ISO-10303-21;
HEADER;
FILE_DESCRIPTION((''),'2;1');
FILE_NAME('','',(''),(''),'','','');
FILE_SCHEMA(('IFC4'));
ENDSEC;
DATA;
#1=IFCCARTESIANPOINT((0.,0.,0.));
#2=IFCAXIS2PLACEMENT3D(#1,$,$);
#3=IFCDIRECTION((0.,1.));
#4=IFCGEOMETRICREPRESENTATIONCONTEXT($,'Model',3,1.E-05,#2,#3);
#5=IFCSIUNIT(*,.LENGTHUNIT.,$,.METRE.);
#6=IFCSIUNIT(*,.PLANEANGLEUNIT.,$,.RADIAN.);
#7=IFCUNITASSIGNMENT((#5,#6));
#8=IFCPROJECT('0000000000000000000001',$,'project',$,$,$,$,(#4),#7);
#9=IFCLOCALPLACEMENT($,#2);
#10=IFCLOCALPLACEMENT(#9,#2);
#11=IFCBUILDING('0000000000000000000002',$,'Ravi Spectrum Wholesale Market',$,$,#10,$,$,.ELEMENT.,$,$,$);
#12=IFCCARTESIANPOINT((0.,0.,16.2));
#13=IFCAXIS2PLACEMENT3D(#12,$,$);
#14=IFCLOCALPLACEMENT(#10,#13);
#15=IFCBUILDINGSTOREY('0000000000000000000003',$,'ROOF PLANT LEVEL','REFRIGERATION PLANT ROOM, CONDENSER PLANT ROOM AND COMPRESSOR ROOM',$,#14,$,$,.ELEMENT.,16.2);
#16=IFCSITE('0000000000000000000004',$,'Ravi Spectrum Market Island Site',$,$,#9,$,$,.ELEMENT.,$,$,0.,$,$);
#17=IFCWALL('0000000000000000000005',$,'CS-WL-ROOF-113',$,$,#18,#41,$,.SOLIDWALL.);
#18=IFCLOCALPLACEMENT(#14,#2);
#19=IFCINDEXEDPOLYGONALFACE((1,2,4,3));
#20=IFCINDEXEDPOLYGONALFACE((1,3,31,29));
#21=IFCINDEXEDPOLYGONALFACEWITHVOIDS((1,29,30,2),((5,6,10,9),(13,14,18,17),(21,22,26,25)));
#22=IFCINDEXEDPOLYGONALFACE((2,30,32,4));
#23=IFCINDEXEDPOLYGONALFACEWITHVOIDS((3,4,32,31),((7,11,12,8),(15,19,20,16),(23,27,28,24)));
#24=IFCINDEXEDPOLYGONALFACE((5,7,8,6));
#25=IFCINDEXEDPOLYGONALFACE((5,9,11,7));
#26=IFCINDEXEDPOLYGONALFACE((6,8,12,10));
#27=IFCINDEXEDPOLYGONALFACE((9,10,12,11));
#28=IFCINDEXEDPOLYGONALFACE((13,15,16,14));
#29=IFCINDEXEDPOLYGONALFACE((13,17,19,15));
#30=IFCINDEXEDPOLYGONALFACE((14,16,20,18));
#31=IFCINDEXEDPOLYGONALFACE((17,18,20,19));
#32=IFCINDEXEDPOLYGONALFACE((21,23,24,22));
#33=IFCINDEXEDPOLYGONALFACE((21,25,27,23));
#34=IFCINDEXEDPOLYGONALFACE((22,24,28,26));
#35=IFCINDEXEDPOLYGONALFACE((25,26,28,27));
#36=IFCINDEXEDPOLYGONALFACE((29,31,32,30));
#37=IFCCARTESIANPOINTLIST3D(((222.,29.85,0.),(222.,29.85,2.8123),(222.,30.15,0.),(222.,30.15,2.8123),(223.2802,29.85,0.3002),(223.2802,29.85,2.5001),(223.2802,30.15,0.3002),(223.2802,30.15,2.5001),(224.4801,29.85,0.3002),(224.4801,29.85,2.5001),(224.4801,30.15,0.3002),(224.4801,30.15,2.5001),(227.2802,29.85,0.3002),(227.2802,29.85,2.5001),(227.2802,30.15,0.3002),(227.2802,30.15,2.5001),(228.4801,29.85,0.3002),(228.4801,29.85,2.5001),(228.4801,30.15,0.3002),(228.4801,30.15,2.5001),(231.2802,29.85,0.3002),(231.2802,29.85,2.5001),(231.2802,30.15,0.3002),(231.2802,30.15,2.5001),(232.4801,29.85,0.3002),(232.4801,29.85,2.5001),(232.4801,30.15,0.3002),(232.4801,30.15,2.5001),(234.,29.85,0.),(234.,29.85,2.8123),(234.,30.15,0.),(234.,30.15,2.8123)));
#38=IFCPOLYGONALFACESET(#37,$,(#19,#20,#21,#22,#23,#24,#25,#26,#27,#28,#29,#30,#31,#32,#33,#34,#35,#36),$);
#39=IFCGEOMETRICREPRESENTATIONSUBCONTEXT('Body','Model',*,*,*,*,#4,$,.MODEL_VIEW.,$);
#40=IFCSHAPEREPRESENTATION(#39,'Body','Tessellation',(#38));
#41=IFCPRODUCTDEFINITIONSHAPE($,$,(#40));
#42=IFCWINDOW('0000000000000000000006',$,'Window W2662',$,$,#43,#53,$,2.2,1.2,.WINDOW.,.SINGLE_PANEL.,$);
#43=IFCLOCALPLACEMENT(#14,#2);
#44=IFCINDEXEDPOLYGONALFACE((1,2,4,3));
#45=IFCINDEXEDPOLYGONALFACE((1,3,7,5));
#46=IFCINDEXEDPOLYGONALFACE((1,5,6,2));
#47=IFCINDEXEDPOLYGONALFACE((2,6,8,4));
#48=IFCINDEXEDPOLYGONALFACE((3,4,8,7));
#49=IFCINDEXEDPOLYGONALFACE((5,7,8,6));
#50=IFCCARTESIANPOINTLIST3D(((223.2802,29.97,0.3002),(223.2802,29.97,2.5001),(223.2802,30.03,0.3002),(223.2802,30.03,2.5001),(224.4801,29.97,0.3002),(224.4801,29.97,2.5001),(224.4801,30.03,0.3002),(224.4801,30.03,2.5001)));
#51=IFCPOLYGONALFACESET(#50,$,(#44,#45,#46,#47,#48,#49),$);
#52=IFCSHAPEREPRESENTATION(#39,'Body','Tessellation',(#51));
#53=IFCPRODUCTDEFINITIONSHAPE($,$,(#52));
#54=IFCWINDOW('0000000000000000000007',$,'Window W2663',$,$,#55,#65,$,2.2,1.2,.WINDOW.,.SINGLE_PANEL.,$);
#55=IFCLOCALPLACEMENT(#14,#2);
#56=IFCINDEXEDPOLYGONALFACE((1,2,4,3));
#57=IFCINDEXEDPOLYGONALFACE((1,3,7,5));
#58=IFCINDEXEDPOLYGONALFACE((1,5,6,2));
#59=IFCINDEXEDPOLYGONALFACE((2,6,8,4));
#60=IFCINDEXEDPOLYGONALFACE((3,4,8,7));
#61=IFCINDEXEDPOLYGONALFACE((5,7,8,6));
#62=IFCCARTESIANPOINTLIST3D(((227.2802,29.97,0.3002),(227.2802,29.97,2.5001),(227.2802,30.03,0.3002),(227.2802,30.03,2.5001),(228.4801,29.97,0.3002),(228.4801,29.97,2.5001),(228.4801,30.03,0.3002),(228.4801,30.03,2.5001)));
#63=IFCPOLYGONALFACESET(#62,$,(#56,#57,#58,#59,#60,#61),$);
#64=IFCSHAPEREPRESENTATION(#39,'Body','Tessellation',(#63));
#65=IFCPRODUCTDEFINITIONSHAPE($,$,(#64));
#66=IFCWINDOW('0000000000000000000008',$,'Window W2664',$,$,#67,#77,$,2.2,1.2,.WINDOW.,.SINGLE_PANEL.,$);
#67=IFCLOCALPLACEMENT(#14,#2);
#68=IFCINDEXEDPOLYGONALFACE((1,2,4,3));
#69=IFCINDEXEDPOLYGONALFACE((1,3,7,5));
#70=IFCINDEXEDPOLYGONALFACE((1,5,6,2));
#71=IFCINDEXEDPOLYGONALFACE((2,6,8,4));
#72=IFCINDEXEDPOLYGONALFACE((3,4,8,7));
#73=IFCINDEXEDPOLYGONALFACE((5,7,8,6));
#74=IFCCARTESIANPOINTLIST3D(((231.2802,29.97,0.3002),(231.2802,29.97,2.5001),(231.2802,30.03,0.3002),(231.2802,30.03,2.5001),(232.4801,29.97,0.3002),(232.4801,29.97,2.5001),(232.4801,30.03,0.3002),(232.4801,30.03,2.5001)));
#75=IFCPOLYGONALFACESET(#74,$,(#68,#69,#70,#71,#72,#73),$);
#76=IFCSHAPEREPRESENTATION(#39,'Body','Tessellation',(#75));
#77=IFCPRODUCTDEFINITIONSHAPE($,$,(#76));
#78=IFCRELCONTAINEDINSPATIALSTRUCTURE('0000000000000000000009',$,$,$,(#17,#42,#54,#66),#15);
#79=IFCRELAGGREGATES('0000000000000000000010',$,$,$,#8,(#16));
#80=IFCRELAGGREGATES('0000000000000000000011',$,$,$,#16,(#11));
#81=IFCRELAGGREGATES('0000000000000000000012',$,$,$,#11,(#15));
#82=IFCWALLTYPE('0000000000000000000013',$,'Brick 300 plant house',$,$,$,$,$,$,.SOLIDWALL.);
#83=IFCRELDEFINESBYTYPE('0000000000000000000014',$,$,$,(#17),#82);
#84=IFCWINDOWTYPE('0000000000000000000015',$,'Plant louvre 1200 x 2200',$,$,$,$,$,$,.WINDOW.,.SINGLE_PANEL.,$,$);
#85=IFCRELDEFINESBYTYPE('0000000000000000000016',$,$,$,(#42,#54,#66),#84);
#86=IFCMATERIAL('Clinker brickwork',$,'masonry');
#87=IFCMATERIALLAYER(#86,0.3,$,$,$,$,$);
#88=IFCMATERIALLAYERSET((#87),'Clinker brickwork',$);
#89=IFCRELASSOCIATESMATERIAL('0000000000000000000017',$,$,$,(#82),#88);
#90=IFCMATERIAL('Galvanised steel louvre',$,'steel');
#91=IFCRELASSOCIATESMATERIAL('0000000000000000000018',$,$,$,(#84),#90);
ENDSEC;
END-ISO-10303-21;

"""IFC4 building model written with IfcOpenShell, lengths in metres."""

from ifc_helpers import new_model, si_unit, direction, frame, frame_2d, origin, place, context, subcontext, project, spatial, rectangle, extrude, material, layer, layer_set, type_object, element, fill, save


model = new_model("IFC4")

# Units and contexts
model_context = context("Model", 3, precision=1e-05, world=origin(), true_north=direction((0.0, 1.0)))
body_context = subcontext(model_context, "Body", "Model", "MODEL_VIEW")
ifc_project = project(units=[si_unit("LENGTHUNIT", "METRE"), si_unit("PLANEANGLEUNIT", "RADIAN")], contexts=[model_context])

# Site, building, storey
site_placement = place(None, origin())
site = spatial("IfcSite", under=ifc_project, at=site_placement, Name="Ravi Spectrum Market Island Site", CompositionType="ELEMENT", RefElevation=0.0)
building_placement = place(site_placement, origin())
building = spatial("IfcBuilding", under=site, at=building_placement, Name="Ravi Spectrum Wholesale Market", CompositionType="ELEMENT")
storey_placement = place(building_placement, frame((0.0, 0.0, 16.2)))
storey = spatial("IfcBuildingStorey", under=building, at=storey_placement, Name="ROOF PLANT LEVEL", Description="REFRIGERATION PLANT ROOM, CONDENSER PLANT ROOM AND COMPRESSOR ROOM", CompositionType="ELEMENT", Elevation=16.2)

# Wall, openings, windows
ifc_material_1 = material(Name="Clinker brickwork", Category="masonry")
ifc_layer_1 = layer(ifc_material_1, 0.3)
ifc_layer_set_1 = layer_set([ifc_layer_1], Name="Clinker brickwork")
wall_type = type_object("IfcWallType", Name="Brick 300 plant house", PredefinedType="SOLIDWALL", material=ifc_layer_set_1)
wall_placement = place(storey_placement, frame((222.0, 30.0, 0.0), z_axis=(0.0, 0.0, 1.0), x_axis=(1.0, 0.0, 0.0)))
wall = element("IfcWall", 1, at=wall_placement, inside=storey, type_object=wall_type, Name="CS-WL-ROOF-113", PredefinedType="SOLIDWALL", context=body_context, shape_type="SweptSolid", body=[
    extrude(rectangle(XDim=12.0, YDim=0.3, at=frame_2d((6.0, 0.0))), origin(), (0.0, 0.0, 1.0), 2.8123),
])
opening_1_placement = place(wall_placement, frame((1.28, 0.0, 0.3)))
opening_1 = element("IfcOpeningElement", 2, at=opening_1_placement, cuts=wall, PredefinedType="OPENING", context=body_context, shape_type="SweptSolid", body=[
    extrude(rectangle(XDim=1.2, YDim=2.2, at=frame_2d((0.6001, 1.1001))), frame((0.0, 0.1599, 0.0), z_axis=(0.0, -1.0, 0.0), x_axis=(1.0, 0.0, 0.0)), (0.0, 0.0, 1.0), 0.3201),
])
opening_2_placement = place(wall_placement, frame((5.28, 0.0, 0.3)))
opening_2 = element("IfcOpeningElement", 3, at=opening_2_placement, cuts=wall, PredefinedType="OPENING", context=body_context, shape_type="SweptSolid", body=[
    extrude(rectangle(XDim=1.2, YDim=2.2, at=frame_2d((0.6001, 1.1001))), frame((0.0, 0.1599, 0.0), z_axis=(0.0, -1.0, 0.0), x_axis=(1.0, 0.0, 0.0)), (0.0, 0.0, 1.0), 0.3201),
])
opening_3_placement = place(wall_placement, frame((9.28, 0.0, 0.3)))
opening_3 = element("IfcOpeningElement", 4, at=opening_3_placement, cuts=wall, PredefinedType="OPENING", context=body_context, shape_type="SweptSolid", body=[
    extrude(rectangle(XDim=1.2, YDim=2.2, at=frame_2d((0.6001, 1.1001))), frame((0.0, 0.1599, 0.0), z_axis=(0.0, -1.0, 0.0), x_axis=(1.0, 0.0, 0.0)), (0.0, 0.0, 1.0), 0.3201),
])
ifc_material_2 = material(Name="Galvanised steel louvre", Category="steel")
window_type = type_object("IfcWindowType", Name="Plant louvre 1200 x 2200", PartitioningType="SINGLE_PANEL", PredefinedType="WINDOW", material=ifc_material_2)
window_1_placement = place(opening_1_placement, origin())
window_1 = element("IfcWindow", 5, at=window_1_placement, inside=storey, type_object=window_type, Name="Window W2662", OverallHeight=2.2, OverallWidth=1.2, PartitioningType="SINGLE_PANEL", PredefinedType="WINDOW", context=body_context, shape_type="SweptSolid", body=[
    extrude(rectangle(XDim=1.2, YDim=2.2, at=frame_2d((0.6001, 1.1001))), frame((0.0, 0.03, 0.0), z_axis=(0.0, -1.0, 0.0), x_axis=(1.0, 0.0, 0.0)), (0.0, 0.0, 1.0), 0.0601),
])
fill(opening_1, window_1)
window_2_placement = place(opening_2_placement, origin())
window_2 = element("IfcWindow", 6, at=window_2_placement, inside=storey, type_object=window_type, Name="Window W2663", OverallHeight=2.2, OverallWidth=1.2, PartitioningType="SINGLE_PANEL", PredefinedType="WINDOW", context=body_context, shape_type="SweptSolid", body=[
    extrude(rectangle(XDim=1.2, YDim=2.2, at=frame_2d((0.6001, 1.1001))), frame((0.0, 0.03, 0.0), z_axis=(0.0, -1.0, 0.0), x_axis=(1.0, 0.0, 0.0)), (0.0, 0.0, 1.0), 0.0601),
])
fill(opening_2, window_2)
window_3_placement = place(opening_3_placement, origin())
window_3 = element("IfcWindow", 7, at=window_3_placement, inside=storey, type_object=window_type, Name="Window W2664", OverallHeight=2.2, OverallWidth=1.2, PartitioningType="SINGLE_PANEL", PredefinedType="WINDOW", context=body_context, shape_type="SweptSolid", body=[
    extrude(rectangle(XDim=1.2, YDim=2.2, at=frame_2d((0.6001, 1.1001))), frame((0.0, 0.03, 0.0), z_axis=(0.0, -1.0, 0.0), x_axis=(1.0, 0.0, 0.0)), (0.0, 0.0, 1.0), 0.0601),
])
fill(opening_3, window_3)

save(model, "model.ifc")
